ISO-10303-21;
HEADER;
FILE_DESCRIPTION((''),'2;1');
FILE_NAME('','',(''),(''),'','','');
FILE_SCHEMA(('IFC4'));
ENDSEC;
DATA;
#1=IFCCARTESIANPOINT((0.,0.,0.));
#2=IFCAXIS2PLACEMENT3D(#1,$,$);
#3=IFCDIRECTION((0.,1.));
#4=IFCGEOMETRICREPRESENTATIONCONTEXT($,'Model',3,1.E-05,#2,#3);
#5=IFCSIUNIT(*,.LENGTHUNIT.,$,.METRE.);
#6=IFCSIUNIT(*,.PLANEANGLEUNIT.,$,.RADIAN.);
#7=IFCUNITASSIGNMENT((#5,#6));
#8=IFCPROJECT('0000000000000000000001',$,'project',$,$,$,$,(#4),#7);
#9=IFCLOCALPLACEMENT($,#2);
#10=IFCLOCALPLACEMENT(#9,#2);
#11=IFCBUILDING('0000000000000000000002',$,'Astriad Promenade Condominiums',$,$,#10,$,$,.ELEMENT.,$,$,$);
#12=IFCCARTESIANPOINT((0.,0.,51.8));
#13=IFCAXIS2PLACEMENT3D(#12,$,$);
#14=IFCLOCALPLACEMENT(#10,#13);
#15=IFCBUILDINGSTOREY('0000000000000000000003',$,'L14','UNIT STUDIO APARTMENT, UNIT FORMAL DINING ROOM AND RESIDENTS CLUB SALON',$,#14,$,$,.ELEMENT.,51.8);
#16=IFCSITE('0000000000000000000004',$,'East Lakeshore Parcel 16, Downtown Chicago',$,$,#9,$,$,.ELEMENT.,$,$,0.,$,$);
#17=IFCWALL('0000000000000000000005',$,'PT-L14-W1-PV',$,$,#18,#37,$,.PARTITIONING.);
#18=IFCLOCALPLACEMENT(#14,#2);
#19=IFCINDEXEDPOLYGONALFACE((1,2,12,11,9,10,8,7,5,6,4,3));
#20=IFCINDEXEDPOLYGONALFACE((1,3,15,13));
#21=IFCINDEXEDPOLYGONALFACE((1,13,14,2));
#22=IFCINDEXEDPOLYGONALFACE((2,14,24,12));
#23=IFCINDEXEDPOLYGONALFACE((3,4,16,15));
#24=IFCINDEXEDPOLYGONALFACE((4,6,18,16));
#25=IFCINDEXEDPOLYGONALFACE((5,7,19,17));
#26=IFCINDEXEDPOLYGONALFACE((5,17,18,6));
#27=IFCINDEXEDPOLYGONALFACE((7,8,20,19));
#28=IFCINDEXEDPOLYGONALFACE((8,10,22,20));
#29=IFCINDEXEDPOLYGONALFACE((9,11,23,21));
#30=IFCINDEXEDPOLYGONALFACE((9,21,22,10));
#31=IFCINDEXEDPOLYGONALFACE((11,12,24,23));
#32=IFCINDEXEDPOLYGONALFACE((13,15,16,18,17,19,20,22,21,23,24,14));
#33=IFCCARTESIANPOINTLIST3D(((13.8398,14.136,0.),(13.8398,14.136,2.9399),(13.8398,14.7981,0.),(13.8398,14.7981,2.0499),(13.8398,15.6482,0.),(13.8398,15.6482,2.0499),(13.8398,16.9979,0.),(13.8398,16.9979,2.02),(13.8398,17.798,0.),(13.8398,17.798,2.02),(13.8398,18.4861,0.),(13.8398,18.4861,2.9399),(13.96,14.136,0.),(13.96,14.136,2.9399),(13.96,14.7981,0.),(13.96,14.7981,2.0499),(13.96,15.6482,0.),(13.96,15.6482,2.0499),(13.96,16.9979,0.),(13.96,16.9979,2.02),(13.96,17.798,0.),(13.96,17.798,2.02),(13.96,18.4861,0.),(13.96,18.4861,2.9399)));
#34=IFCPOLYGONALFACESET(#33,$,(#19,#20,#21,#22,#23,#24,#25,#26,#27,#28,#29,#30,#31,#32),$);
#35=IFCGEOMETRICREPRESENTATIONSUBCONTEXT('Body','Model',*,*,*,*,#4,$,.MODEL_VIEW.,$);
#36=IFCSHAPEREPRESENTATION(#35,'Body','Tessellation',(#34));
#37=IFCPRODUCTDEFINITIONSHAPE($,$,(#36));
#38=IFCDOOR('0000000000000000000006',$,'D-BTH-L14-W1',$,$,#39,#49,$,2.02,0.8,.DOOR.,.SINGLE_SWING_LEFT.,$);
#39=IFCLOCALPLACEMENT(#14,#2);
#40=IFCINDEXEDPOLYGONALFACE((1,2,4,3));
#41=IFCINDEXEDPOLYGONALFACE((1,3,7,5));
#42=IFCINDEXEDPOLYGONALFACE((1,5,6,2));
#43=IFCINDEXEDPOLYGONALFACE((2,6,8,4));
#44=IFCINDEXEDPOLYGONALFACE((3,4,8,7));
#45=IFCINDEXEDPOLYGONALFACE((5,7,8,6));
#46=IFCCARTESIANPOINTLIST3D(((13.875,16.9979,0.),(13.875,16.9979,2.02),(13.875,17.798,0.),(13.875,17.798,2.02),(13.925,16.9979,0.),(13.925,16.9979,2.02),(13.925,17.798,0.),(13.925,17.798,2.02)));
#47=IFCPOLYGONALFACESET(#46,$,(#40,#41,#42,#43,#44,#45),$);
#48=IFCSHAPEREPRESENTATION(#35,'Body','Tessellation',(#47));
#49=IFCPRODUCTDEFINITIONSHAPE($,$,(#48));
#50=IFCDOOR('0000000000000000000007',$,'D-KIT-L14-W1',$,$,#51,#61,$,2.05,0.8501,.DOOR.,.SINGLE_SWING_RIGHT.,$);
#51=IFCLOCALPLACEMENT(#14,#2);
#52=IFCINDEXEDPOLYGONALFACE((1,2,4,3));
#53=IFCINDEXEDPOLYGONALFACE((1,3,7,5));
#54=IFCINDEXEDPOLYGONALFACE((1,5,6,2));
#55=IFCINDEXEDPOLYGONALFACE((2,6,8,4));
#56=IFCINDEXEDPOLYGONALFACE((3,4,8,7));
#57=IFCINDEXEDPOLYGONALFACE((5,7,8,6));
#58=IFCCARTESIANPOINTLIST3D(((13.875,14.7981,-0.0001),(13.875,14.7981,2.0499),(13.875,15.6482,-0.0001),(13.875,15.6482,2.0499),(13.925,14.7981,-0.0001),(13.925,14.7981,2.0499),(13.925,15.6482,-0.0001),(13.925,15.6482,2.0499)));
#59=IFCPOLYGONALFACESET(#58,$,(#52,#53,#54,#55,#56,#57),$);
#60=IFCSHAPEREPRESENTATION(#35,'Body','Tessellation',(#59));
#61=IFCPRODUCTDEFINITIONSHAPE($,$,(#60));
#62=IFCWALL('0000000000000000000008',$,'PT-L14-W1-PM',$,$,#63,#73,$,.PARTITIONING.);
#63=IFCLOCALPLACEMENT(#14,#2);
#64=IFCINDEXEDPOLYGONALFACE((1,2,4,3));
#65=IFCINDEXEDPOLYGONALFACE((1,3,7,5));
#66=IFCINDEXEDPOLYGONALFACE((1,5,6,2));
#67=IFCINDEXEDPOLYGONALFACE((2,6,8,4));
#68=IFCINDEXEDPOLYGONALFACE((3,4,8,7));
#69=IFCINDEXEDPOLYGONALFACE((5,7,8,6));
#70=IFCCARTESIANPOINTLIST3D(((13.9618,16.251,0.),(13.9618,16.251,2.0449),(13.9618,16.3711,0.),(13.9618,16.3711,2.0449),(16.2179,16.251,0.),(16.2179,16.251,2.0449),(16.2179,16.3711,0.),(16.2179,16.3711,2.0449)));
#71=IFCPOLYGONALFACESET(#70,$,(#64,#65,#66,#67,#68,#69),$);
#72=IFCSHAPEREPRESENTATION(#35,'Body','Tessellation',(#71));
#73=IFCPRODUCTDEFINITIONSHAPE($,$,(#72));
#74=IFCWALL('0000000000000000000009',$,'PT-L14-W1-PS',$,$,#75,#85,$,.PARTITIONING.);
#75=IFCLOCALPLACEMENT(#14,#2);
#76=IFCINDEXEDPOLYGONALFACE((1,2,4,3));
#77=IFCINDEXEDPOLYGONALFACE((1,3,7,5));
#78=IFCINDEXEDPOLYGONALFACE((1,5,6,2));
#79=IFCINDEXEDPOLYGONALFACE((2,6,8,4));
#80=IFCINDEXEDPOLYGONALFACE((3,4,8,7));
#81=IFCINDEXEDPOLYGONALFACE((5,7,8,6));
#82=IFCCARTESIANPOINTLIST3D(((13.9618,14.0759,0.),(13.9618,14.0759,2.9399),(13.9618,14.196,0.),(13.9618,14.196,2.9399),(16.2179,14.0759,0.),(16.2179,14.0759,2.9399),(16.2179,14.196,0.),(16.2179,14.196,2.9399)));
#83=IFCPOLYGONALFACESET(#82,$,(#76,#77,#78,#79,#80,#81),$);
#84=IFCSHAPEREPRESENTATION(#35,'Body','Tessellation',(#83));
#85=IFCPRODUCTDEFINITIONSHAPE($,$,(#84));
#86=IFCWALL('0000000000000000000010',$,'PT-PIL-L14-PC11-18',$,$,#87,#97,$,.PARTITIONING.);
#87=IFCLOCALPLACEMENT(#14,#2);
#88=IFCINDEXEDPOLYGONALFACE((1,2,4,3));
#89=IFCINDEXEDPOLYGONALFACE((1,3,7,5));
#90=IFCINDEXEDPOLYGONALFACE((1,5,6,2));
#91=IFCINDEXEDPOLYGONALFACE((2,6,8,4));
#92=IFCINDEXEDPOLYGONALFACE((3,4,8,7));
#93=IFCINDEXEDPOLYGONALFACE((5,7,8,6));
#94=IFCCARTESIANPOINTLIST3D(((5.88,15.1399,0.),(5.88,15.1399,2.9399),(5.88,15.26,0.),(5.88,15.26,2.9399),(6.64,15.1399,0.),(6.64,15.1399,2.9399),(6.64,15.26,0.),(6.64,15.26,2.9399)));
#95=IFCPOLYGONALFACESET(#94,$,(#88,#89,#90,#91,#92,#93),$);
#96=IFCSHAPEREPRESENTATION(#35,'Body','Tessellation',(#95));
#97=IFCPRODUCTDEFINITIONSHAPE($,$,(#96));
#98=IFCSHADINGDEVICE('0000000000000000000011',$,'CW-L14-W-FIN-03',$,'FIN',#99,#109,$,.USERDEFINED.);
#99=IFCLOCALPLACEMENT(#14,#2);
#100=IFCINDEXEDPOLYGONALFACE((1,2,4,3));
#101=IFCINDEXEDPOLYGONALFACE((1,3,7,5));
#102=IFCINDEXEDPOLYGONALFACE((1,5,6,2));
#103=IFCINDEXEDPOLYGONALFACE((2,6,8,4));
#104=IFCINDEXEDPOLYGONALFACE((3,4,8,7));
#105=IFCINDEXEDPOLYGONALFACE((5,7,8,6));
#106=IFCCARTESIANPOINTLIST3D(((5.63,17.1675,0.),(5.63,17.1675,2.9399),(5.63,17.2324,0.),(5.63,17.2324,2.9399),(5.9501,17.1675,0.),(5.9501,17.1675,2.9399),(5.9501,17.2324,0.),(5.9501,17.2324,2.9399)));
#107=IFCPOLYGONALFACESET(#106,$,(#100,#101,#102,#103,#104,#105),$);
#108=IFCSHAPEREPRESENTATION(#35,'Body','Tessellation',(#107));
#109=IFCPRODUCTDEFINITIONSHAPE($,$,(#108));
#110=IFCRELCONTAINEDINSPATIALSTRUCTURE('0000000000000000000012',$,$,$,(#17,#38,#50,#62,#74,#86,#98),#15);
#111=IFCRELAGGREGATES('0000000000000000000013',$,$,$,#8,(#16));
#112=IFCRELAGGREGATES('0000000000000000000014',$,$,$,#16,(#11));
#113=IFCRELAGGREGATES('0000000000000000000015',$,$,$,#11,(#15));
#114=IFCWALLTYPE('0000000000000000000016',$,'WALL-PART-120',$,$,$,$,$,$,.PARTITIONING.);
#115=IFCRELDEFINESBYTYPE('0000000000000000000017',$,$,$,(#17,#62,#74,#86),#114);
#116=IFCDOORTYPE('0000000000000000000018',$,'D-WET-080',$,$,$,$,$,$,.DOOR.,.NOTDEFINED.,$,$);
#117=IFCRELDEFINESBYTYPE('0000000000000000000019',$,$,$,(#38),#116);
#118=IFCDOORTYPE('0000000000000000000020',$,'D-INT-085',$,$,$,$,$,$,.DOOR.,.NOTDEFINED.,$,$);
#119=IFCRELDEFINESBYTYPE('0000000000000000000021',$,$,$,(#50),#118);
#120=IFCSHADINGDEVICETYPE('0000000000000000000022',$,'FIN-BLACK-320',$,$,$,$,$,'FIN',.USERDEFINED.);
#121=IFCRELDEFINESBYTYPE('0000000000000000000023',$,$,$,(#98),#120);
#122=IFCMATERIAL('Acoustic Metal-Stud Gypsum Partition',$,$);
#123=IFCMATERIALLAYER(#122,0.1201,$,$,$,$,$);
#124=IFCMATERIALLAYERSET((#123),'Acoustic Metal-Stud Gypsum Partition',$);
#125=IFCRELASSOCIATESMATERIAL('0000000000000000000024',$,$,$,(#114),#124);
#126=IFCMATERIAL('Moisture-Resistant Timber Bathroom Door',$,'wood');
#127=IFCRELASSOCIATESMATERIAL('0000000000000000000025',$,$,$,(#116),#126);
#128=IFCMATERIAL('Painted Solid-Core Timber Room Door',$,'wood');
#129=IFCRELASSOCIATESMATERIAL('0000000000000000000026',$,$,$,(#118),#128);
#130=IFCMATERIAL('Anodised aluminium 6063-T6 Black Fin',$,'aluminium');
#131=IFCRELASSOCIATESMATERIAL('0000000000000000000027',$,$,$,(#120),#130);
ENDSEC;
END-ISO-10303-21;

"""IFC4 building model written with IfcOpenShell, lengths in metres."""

from ifc_helpers import new_model, si_unit, direction, frame, frame_2d, origin, origin_2d, place, context, subcontext, project, spatial, rectangle, extrude, source, transform, mapped, material, layer, layer_set, type_object, type_shapes, element, fill, save


model = new_model("IFC4")

# Units and contexts
model_context = context("Model", 3, precision=1e-05, world=origin(), true_north=direction((0.0, 1.0)))
body_context = subcontext(model_context, "Body", "Model", "MODEL_VIEW")
ifc_project = project(units=[si_unit("LENGTHUNIT", "METRE"), si_unit("PLANEANGLEUNIT", "RADIAN")], contexts=[model_context])

# Site, building, storey
site_placement = place(None, origin())
site = spatial("IfcSite", under=ifc_project, at=site_placement, Name="East Lakeshore Parcel 16, Downtown Chicago", CompositionType="ELEMENT", RefElevation=0.0)
building_placement = place(site_placement, origin())
building = spatial("IfcBuilding", under=site, at=building_placement, Name="Astriad Promenade Condominiums", CompositionType="ELEMENT")
storey_placement = place(building_placement, frame((0.0, 0.0, 51.8)))
storey = spatial("IfcBuildingStorey", under=building, at=storey_placement, Name="L14", Description="UNIT STUDIO APARTMENT, UNIT FORMAL DINING ROOM AND RESIDENTS CLUB SALON", CompositionType="ELEMENT", Elevation=51.8)

# Wall, openings, doors
ifc_material_1 = material(Name="Acoustic Metal-Stud Gypsum Partition")
ifc_layer_1 = layer(ifc_material_1, 0.1201)
ifc_layer_set_1 = layer_set([ifc_layer_1], Name="Acoustic Metal-Stud Gypsum Partition")
wall_type = type_object("IfcWallType", Name="WALL-PART-120", PredefinedType="PARTITIONING", material=ifc_layer_set_1)
wall_1_placement = place(storey_placement, frame((13.8999, 14.136, 0.0), z_axis=(0.0, 0.0, 1.0), x_axis=(0.0, 1.0, 0.0)))
wall_1 = element("IfcWall", 1, at=wall_1_placement, inside=storey, type_object=wall_type, Name="PT-L14-W1-PV", PredefinedType="PARTITIONING", context=body_context, shape_type="SweptSolid", body=[
    extrude(rectangle(XDim=4.3501, YDim=0.1201, at=frame_2d((2.175, 0.0))), origin(), (0.0, 0.0, 1.0), 2.9399),
])
opening_1_placement = place(wall_1_placement, frame((0.6621, 0.0, 0.0)))
opening_1 = element("IfcOpeningElement", 2, at=opening_1_placement, cuts=wall_1, PredefinedType="OPENING", context=body_context, shape_type="SweptSolid", body=[
    extrude(rectangle(XDim=0.8501, YDim=2.05, at=frame_2d((0.425, 1.0249))), frame((0.0, 0.0701, 0.0), z_axis=(0.0, -1.0, 0.0), x_axis=(1.0, 0.0, 0.0)), (0.0, 0.0, 1.0), 0.1401),
])
opening_2_placement = place(wall_1_placement, frame((2.8621, 0.0, 0.0)))
opening_2 = element("IfcOpeningElement", 3, at=opening_2_placement, cuts=wall_1, PredefinedType="OPENING", context=body_context, shape_type="SweptSolid", body=[
    extrude(rectangle(XDim=0.8, YDim=2.02, at=frame_2d((0.3999, 1.01))), frame((0.0, 0.0701, 0.0), z_axis=(0.0, -1.0, 0.0), x_axis=(1.0, 0.0, 0.0)), (0.0, 0.0, 1.0), 0.1401),
])
ifc_material_2 = material(Name="Moisture-Resistant Timber Bathroom Door", Category="wood")
door_type_1 = type_object("IfcDoorType", Name="D-WET-080", OperationType="NOTDEFINED", PredefinedType="DOOR", material=ifc_material_2)
shared_shape_1 = source(origin(), body_context, "Body", "SweptSolid", [
    extrude(rectangle(XDim=0.8, YDim=2.02, at=frame_2d((0.3999, 1.01))), frame((0.0, 0.0249, 0.0), z_axis=(0.0, -1.0, 0.0), x_axis=(1.0, 0.0, 0.0)), (0.0, 0.0, 1.0), 0.05),
])
type_shapes(door_type_1, [shared_shape_1])
door_1_placement = place(opening_2_placement, origin())
door_1 = element("IfcDoor", 4, at=door_1_placement, inside=storey, type_object=door_type_1, Name="D-BTH-L14-W1", OperationType="SINGLE_SWING_LEFT", OverallHeight=2.02, OverallWidth=0.8, PredefinedType="DOOR", context=body_context, shape_type="MappedRepresentation", body=[
    mapped(shared_shape_1, transform((0.0, 0.0, 0.0), scale=1.0)),
])
fill(opening_2, door_1)
ifc_material_3 = material(Name="Painted Solid-Core Timber Room Door", Category="wood")
door_type_2 = type_object("IfcDoorType", Name="D-INT-085", OperationType="NOTDEFINED", PredefinedType="DOOR", material=ifc_material_3)
shared_shape_2 = source(origin(), body_context, "Body", "SweptSolid", [
    extrude(rectangle(XDim=0.8501, YDim=2.05, at=frame_2d((0.425, 1.0249))), frame((0.0, 0.0249, 0.0), z_axis=(0.0, -1.0, 0.0), x_axis=(1.0, 0.0, 0.0)), (0.0, 0.0, 1.0), 0.05),
])
type_shapes(door_type_2, [shared_shape_2])
door_2_placement = place(opening_1_placement, origin())
door_2 = element("IfcDoor", 5, at=door_2_placement, inside=storey, type_object=door_type_2, Name="D-KIT-L14-W1", OperationType="SINGLE_SWING_RIGHT", OverallHeight=2.05, OverallWidth=0.8501, PredefinedType="DOOR", context=body_context, shape_type="MappedRepresentation", body=[
    mapped(shared_shape_2, transform((0.0, 0.0, 0.0), scale=1.0)),
])
fill(opening_1, door_2)

# Walls
wall_2_placement = place(storey_placement, frame((13.9619, 16.311, 0.0), z_axis=(0.0, 0.0, 1.0), x_axis=(1.0, 0.0, 0.0)))
element("IfcWall", 6, at=wall_2_placement, inside=storey, type_object=wall_type, Name="PT-L14-W1-PM", PredefinedType="PARTITIONING", context=body_context, shape_type="SweptSolid", body=[
    extrude(rectangle(XDim=2.2561, YDim=0.1201, at=frame_2d((1.1279, 0.0))), origin(), (0.0, 0.0, 1.0), 2.0449),
])
wall_3_placement = place(storey_placement, frame((13.9619, 14.136, 0.0), z_axis=(0.0, 0.0, 1.0), x_axis=(1.0, 0.0, 0.0)))
element("IfcWall", 7, at=wall_3_placement, inside=storey, type_object=wall_type, Name="PT-L14-W1-PS", PredefinedType="PARTITIONING", context=body_context, shape_type="SweptSolid", body=[
    extrude(rectangle(XDim=2.2561, YDim=0.1201, at=frame_2d((1.1279, 0.0))), origin(), (0.0, 0.0, 1.0), 2.9399),
])
wall_4_placement = place(storey_placement, frame((6.6399, 15.2, 0.0), z_axis=(0.0, 0.0, 1.0), x_axis=(-1.0, 0.0, 0.0)))
element("IfcWall", 8, at=wall_4_placement, inside=storey, type_object=wall_type, Name="PT-PIL-L14-PC11-18", PredefinedType="PARTITIONING", context=body_context, shape_type="SweptSolid", body=[
    extrude(rectangle(XDim=0.76, YDim=0.1201, at=frame_2d((0.3799, 0.0))), origin(), (0.0, 0.0, 1.0), 2.9399),
])

# Shading device
ifc_material_4 = material(Name="Anodised aluminium 6063-T6 Black Fin", Category="aluminium")
shading_device_type = type_object("IfcShadingDeviceType", Name="FIN-BLACK-320", ElementType="FIN", PredefinedType="USERDEFINED", material=ifc_material_4)
shared_shape_3 = source(origin(), body_context, "Body", "SweptSolid", [
    extrude(rectangle(XDim=0.0649, YDim=0.3201, at=origin_2d()), origin(), (0.0, 0.0, 1.0), 2.9399),
])
type_shapes(shading_device_type, [shared_shape_3])
shading_device_placement = place(storey_placement, frame((5.79, 17.2, 0.0), z_axis=(0.0, 0.0, 1.0), x_axis=(0.0, 1.0, 0.0)))
element("IfcShadingDevice", 9, at=shading_device_placement, inside=storey, type_object=shading_device_type, Name="CW-L14-W-FIN-03", ObjectType="FIN", PredefinedType="USERDEFINED", context=body_context, shape_type="MappedRepresentation", body=[
    mapped(shared_shape_3, transform((0.0, 0.0, 0.0), scale=1.0)),
])

save(model, "model.ifc")
